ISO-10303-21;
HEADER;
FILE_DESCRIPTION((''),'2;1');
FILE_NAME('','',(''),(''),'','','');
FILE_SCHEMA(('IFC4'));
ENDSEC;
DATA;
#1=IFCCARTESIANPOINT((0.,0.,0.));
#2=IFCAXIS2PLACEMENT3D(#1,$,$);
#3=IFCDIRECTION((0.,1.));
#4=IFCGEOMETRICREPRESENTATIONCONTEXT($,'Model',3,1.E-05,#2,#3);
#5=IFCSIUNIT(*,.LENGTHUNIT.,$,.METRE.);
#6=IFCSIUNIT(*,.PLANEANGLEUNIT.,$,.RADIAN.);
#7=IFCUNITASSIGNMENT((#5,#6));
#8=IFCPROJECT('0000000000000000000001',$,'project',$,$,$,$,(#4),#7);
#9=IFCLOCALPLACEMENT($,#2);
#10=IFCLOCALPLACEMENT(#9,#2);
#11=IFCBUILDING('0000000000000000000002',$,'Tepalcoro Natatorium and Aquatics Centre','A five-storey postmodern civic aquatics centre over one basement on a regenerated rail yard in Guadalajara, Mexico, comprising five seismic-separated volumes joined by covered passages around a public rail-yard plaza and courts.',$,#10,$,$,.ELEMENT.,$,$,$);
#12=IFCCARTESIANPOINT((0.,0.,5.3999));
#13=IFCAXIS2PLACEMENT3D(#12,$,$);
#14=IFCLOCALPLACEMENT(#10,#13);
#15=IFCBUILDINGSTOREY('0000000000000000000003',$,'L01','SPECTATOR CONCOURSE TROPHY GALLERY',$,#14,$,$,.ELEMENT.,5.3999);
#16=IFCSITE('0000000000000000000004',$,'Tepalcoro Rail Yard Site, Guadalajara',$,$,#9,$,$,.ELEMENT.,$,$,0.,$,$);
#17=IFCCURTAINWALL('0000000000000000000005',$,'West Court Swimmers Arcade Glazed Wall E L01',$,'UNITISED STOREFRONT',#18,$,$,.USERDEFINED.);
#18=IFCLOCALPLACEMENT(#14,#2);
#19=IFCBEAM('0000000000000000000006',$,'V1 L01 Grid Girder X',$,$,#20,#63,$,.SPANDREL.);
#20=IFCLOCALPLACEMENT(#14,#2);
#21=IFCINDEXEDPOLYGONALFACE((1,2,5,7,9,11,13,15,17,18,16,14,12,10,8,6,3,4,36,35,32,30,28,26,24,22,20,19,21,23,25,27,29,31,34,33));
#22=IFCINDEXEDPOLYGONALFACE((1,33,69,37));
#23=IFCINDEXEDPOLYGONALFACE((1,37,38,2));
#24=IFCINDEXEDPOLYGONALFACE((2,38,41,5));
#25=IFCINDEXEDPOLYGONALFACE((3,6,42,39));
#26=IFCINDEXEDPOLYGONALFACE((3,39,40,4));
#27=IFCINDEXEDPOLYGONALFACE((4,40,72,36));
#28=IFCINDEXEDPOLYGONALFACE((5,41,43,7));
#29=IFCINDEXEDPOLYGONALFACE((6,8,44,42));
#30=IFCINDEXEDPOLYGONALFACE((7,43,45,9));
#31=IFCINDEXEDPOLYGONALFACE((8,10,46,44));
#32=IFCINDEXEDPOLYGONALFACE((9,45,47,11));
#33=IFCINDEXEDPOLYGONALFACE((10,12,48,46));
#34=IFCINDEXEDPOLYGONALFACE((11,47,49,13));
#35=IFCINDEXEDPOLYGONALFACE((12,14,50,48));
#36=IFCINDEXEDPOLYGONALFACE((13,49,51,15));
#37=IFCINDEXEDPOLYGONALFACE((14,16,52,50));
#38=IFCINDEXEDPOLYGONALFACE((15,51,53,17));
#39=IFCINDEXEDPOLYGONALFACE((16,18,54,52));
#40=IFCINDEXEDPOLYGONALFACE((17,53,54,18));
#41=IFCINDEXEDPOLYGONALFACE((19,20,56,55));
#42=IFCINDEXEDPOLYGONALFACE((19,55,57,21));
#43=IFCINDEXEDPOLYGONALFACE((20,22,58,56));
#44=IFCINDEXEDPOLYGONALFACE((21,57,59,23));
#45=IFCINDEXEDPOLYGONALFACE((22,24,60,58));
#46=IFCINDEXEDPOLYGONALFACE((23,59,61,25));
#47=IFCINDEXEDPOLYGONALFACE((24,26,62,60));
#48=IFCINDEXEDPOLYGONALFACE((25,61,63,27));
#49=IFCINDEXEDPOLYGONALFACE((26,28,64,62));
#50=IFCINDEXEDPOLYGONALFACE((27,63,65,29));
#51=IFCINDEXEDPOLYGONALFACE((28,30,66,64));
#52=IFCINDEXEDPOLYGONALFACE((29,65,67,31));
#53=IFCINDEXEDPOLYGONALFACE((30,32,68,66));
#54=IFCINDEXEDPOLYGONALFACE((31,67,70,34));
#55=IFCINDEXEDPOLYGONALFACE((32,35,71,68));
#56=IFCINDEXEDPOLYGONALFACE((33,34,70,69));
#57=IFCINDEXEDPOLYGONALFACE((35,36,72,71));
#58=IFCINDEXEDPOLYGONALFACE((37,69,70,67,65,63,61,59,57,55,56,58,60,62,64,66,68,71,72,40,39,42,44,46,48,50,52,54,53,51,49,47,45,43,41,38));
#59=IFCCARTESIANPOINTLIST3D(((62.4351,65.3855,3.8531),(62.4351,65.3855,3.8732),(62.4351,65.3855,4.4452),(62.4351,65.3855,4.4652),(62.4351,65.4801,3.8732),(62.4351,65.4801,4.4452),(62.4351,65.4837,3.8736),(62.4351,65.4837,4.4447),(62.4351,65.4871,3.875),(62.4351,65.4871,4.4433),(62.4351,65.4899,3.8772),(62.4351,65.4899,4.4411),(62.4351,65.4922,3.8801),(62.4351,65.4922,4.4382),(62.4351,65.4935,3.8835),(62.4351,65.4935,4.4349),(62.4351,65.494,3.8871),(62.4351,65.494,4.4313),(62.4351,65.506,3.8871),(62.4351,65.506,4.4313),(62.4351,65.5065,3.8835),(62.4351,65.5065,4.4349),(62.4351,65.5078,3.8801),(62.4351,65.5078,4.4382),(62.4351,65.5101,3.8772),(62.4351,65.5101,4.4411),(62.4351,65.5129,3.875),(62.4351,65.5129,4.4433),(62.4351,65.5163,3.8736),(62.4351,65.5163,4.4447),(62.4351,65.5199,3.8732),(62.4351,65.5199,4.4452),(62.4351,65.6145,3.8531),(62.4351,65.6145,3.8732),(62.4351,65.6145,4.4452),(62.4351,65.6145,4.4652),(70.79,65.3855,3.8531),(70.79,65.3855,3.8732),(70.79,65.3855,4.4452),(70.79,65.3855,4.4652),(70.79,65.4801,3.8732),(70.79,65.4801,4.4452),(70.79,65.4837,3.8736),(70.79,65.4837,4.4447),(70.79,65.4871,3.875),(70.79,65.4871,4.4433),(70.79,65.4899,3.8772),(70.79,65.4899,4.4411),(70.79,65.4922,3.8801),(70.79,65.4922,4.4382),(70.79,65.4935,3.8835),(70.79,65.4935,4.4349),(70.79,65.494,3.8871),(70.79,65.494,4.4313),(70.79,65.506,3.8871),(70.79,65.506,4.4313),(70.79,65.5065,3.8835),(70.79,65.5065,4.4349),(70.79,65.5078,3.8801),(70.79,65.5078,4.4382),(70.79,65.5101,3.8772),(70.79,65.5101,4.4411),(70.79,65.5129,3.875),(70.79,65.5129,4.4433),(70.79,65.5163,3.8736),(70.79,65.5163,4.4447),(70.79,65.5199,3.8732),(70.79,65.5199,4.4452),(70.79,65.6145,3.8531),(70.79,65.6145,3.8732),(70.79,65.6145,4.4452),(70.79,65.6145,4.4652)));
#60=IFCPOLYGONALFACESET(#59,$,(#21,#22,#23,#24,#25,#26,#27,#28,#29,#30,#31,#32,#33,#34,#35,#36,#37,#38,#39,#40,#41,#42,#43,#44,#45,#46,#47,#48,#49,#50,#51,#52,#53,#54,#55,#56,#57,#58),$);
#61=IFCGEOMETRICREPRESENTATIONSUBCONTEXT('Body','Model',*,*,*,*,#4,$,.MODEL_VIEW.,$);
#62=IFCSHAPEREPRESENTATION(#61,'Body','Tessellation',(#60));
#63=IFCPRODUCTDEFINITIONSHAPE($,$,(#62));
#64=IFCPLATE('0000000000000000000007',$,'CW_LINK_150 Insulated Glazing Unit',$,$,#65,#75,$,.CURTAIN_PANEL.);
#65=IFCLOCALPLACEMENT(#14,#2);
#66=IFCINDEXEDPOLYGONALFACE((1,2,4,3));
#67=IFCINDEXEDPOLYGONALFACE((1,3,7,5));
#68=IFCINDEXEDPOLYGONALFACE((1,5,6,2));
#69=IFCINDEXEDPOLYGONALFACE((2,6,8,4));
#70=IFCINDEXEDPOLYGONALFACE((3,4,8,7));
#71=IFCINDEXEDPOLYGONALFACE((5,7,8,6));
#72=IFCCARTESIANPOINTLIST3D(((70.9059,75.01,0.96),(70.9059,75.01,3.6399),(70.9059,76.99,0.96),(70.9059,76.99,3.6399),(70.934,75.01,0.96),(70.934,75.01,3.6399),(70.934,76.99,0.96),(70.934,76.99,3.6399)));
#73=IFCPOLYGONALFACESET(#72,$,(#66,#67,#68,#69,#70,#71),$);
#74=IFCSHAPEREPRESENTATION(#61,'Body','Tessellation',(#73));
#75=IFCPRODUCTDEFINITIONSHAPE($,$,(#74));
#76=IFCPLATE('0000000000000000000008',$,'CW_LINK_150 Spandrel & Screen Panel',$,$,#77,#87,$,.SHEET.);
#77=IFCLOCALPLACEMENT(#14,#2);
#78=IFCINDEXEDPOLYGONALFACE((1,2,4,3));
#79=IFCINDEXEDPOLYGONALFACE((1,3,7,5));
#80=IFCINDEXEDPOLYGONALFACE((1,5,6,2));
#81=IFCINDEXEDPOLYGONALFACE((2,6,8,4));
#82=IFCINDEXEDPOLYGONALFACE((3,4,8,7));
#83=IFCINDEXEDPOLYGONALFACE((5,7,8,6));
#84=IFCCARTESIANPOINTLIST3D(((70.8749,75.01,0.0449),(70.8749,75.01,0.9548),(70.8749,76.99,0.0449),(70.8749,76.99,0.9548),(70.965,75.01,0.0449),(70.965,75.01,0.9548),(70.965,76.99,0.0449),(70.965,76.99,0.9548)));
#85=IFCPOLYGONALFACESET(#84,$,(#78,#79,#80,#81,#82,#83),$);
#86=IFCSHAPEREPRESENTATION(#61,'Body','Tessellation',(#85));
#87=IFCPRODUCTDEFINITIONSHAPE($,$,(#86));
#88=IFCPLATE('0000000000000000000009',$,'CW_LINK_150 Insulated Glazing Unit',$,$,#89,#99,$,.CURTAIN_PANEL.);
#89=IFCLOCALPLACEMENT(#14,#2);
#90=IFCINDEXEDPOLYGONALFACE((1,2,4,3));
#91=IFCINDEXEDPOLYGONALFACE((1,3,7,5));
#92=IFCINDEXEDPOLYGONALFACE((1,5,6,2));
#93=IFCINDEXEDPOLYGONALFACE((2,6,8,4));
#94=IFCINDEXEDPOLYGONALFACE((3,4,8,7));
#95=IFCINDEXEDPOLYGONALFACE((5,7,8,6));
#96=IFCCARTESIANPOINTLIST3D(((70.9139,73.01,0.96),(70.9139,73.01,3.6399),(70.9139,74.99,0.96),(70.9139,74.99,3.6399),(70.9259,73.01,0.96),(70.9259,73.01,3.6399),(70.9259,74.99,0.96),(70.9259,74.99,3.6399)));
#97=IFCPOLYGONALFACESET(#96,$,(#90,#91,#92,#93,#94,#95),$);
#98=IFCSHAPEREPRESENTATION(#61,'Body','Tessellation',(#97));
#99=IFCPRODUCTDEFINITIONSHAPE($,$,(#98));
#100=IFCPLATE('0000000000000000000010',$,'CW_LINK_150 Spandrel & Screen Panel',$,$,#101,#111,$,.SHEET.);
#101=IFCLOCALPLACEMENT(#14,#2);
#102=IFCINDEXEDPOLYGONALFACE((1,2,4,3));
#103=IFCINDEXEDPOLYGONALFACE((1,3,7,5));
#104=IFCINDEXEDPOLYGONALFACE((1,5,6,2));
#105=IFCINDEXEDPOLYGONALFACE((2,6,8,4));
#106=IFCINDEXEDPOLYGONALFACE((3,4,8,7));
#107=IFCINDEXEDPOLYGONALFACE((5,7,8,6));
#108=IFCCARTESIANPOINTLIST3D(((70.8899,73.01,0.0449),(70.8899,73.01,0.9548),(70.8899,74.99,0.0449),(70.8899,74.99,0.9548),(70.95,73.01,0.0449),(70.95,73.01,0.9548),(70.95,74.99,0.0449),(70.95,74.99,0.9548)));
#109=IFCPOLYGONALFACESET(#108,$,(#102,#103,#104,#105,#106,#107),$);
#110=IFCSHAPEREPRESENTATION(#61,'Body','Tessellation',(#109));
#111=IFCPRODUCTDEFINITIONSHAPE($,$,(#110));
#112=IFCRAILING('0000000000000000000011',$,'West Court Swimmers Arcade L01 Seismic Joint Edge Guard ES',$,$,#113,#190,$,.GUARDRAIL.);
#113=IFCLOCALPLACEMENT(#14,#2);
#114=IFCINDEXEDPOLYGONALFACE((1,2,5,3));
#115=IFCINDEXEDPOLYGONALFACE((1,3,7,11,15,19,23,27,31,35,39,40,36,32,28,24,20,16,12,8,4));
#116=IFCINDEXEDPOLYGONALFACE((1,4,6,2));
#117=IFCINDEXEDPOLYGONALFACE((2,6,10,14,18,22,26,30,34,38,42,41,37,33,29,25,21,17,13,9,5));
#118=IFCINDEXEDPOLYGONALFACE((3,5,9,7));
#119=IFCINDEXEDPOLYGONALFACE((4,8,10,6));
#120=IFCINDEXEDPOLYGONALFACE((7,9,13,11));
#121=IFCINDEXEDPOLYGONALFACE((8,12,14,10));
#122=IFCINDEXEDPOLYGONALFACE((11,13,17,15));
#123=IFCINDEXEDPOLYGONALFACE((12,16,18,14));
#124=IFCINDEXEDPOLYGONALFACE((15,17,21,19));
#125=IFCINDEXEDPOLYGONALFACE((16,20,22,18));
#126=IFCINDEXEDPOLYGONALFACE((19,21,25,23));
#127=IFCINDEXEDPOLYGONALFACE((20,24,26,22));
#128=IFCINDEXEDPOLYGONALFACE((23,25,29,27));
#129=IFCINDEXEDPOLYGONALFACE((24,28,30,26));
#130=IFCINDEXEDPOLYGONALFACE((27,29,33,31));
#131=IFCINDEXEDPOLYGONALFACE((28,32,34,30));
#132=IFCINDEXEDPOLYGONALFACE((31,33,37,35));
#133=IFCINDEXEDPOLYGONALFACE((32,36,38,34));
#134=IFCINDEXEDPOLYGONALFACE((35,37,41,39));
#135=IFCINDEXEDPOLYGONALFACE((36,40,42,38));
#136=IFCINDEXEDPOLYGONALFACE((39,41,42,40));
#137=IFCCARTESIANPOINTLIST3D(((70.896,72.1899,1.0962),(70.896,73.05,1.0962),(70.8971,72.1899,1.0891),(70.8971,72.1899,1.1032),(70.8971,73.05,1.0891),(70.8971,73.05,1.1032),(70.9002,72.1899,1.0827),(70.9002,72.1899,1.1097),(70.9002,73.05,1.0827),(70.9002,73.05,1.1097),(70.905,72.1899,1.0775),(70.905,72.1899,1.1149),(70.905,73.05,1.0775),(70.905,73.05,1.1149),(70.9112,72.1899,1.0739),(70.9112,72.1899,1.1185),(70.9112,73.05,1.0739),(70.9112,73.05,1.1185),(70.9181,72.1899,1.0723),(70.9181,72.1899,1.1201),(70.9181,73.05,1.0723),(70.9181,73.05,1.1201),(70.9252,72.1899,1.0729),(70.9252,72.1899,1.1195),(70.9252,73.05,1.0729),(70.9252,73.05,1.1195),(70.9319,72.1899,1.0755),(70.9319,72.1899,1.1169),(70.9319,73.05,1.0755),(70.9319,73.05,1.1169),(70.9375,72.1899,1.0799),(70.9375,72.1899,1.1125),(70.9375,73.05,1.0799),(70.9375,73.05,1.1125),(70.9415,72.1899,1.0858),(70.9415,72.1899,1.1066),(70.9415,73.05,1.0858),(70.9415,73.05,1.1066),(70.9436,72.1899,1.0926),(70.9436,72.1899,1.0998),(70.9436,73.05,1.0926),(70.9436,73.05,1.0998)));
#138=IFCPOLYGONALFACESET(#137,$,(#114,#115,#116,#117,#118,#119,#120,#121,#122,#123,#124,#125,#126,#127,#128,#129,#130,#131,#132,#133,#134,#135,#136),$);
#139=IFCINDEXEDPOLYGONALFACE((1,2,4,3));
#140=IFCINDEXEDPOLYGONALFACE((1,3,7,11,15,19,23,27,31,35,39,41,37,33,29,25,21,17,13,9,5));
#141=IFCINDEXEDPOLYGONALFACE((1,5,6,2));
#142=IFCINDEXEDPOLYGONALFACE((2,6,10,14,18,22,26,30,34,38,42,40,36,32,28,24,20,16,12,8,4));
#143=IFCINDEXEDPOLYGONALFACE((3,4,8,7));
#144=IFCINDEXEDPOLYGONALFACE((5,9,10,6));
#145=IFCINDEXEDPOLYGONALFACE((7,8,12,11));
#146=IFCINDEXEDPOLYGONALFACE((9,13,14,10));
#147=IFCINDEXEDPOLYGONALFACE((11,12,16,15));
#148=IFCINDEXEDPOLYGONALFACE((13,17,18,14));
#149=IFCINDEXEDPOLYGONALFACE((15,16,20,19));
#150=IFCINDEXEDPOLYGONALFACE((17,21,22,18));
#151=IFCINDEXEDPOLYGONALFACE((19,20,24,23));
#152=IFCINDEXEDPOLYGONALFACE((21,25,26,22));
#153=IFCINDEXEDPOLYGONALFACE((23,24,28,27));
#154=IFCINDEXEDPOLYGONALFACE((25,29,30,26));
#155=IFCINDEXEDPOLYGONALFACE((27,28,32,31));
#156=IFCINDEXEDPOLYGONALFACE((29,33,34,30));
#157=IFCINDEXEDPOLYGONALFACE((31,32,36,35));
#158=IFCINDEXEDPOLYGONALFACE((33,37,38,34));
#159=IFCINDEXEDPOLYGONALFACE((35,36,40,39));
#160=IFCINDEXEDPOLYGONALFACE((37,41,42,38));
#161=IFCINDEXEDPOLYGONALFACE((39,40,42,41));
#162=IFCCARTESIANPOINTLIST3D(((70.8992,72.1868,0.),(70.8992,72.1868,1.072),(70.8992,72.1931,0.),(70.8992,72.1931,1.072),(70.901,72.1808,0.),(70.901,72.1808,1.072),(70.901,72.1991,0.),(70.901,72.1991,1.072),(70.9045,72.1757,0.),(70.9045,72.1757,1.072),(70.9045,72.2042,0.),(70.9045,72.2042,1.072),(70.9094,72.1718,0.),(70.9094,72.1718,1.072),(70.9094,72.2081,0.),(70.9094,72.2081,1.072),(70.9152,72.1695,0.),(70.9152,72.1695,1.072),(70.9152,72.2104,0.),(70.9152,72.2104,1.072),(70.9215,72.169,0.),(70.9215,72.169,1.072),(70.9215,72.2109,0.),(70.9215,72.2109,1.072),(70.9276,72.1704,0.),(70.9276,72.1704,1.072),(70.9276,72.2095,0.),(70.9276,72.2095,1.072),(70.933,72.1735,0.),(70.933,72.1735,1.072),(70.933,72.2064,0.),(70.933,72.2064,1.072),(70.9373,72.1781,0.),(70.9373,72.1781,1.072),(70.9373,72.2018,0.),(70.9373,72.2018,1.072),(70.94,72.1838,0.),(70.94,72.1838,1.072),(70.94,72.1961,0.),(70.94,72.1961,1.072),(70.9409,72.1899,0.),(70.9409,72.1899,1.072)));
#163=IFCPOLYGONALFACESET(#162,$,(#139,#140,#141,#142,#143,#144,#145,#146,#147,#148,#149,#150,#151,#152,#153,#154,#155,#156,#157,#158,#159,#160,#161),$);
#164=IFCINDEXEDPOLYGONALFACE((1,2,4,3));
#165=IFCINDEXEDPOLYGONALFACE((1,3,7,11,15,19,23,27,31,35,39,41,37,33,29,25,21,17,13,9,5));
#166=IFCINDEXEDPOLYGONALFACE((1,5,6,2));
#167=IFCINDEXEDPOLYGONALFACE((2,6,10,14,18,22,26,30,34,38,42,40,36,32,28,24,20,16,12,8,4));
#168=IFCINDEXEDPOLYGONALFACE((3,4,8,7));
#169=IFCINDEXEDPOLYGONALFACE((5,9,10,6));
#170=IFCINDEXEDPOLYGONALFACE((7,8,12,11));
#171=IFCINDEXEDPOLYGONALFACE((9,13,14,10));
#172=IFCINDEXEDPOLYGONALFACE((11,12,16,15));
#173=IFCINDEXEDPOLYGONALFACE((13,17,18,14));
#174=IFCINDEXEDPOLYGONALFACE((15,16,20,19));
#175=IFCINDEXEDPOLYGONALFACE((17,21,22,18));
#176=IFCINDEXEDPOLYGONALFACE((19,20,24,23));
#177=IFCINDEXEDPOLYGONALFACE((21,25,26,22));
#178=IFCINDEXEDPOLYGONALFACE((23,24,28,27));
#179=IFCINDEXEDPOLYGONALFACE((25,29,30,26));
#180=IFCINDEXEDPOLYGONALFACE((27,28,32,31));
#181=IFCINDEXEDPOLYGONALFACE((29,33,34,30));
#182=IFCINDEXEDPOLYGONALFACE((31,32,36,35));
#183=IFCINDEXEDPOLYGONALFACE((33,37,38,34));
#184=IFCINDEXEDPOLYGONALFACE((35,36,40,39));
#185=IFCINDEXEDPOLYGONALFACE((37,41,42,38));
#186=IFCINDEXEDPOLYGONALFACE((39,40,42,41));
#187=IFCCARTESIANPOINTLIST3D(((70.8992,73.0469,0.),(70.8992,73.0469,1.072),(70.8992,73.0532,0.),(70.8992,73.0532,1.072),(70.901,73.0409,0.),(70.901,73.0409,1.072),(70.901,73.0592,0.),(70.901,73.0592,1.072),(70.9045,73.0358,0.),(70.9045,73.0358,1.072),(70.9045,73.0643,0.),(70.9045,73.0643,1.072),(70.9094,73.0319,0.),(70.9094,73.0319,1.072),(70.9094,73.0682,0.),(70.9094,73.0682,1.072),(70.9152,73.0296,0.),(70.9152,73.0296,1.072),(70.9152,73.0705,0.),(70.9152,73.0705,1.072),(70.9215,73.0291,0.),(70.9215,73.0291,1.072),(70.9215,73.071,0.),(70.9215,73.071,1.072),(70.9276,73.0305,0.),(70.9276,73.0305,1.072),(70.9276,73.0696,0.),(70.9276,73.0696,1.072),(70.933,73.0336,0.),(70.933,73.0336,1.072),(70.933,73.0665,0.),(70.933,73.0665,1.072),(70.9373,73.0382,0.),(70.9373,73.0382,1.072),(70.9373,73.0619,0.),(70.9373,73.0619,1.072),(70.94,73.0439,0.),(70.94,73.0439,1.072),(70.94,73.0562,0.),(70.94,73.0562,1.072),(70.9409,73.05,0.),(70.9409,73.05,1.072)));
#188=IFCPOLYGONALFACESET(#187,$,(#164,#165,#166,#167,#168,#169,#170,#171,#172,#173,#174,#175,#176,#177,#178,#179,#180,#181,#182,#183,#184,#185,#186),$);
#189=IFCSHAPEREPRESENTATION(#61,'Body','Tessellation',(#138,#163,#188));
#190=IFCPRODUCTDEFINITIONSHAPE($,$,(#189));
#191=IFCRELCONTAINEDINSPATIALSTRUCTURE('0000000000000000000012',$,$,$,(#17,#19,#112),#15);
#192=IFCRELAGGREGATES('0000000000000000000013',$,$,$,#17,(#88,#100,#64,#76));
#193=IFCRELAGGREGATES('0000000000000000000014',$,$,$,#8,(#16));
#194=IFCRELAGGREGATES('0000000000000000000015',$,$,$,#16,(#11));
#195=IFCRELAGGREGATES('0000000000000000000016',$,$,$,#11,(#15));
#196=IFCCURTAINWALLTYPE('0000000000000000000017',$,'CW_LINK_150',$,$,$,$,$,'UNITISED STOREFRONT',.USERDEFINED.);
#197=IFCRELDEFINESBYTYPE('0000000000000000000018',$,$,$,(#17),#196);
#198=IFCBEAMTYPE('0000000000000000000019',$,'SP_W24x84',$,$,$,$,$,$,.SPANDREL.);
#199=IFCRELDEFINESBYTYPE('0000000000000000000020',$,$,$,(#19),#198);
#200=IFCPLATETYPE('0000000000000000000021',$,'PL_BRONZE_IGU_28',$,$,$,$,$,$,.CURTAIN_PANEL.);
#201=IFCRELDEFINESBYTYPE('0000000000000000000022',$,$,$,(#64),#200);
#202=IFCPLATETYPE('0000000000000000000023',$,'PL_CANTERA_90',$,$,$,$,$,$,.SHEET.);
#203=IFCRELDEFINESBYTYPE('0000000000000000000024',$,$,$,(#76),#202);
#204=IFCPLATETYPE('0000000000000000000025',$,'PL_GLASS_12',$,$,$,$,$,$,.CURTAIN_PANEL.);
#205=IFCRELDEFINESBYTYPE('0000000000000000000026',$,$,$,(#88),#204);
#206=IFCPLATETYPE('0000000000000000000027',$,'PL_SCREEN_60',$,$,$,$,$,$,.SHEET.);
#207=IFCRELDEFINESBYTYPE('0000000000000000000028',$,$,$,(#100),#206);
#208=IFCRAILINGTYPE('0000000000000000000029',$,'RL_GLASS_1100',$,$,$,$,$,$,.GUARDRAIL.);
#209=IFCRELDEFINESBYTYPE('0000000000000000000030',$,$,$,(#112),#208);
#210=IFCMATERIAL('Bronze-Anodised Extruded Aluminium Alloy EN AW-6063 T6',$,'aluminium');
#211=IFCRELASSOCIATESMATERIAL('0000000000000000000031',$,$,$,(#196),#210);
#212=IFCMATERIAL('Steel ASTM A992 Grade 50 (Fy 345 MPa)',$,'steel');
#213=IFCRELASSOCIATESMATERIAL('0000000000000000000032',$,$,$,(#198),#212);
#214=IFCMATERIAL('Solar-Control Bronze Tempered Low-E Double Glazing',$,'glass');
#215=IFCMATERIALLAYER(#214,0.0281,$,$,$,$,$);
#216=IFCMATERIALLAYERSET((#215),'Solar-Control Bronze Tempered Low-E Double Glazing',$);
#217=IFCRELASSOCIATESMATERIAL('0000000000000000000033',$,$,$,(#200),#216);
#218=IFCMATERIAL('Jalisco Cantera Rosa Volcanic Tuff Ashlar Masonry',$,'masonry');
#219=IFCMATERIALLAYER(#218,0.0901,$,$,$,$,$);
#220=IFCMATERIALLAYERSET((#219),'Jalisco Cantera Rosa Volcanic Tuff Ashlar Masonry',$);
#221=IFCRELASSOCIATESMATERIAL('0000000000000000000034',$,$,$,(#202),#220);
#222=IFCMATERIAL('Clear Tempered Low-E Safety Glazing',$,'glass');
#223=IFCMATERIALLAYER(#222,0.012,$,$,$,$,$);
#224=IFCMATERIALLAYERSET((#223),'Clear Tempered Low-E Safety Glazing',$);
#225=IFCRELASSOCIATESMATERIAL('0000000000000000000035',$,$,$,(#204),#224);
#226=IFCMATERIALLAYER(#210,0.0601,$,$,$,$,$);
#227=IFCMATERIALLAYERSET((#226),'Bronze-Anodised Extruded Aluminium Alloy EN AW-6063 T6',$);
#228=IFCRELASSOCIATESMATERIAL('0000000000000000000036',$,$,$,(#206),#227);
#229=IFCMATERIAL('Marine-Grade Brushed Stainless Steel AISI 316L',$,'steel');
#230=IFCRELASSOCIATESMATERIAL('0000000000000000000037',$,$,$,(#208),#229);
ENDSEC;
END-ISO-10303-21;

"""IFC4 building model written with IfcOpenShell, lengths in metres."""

from ifc_helpers import new_model, si_unit, direction, frame, origin, origin_2d, place, context, subcontext, project, spatial, rectangle, circle, i_section, extrude, material, layer, layer_set, material_profile, profile_set, type_object, element, aggregate, save


model = new_model("IFC4")

# Units and contexts
model_context = context("Model", 3, precision=1e-05, world=origin(), true_north=direction((0.0, 1.0)))
body_context = subcontext(model_context, "Body", "Model", "MODEL_VIEW")
ifc_project = project(units=[si_unit("LENGTHUNIT", "METRE"), si_unit("PLANEANGLEUNIT", "RADIAN")], contexts=[model_context])

# Site, building, storey
site_placement = place(None, origin())
site = spatial("IfcSite", under=ifc_project, at=site_placement, Name="Tepalcoro Rail Yard Site, Guadalajara", CompositionType="ELEMENT", RefElevation=0.0)
building_placement = place(site_placement, origin())
building = spatial("IfcBuilding", under=site, at=building_placement, Name="Tepalcoro Natatorium and Aquatics Centre", Description="A five-storey postmodern civic aquatics centre over one basement on a regenerated rail yard in Guadalajara, Mexico, comprising five seismic-separated volumes joined by covered passages around a public rail-yard plaza and courts.", CompositionType="ELEMENT")
storey_placement = place(building_placement, frame((0.0, 0.0, 5.3999)))
storey = spatial("IfcBuildingStorey", under=building, at=storey_placement, Name="L01", Description="SPECTATOR CONCOURSE TROPHY GALLERY", CompositionType="ELEMENT", Elevation=5.3999)

# Shared definitions
ifc_material_1 = material(Name="Steel ASTM A992 Grade 50 (Fy 345 MPa)", Category="steel")

# Curtain wall
ifc_material_2 = material(Name="Bronze-Anodised Extruded Aluminium Alloy EN AW-6063 T6", Category="aluminium")
curtain_wall_type_1 = type_object("IfcCurtainWallType", Name="CW_LINK_150", ElementType="UNITISED STOREFRONT", PredefinedType="USERDEFINED", material=ifc_material_2)
curtain_wall_1_placement = place(storey_placement, origin())
curtain_wall_1 = element("IfcCurtainWall", 1, at=curtain_wall_1_placement, inside=storey, type_object=curtain_wall_type_1, Name="West Court Swimmers Arcade Glazed Wall E L01", ObjectType="UNITISED STOREFRONT", PredefinedType="USERDEFINED")

# Beam
ifc_material_profile_1 = material_profile(ifc_material_1, i_section(OverallWidth=0.229, OverallDepth=0.6121, WebThickness=0.012, FlangeThickness=0.02, FilletRadius=0.0139, at=origin_2d()), Name="W24X84")
ifc_profile_set_1 = profile_set([ifc_material_profile_1], Name="Steel ASTM A992 Grade 50 (Fy 345 MPa)")
beam_type_1 = type_object("IfcBeamType", Name="SP_W24x84", PredefinedType="SPANDREL", material=ifc_profile_set_1)
beam_1_placement = place(storey_placement, frame((62.4351, 65.5, 4.1592), z_axis=(1.0, 0.0, 0.0), x_axis=(0.0, 1.0, 0.0)))
element("IfcBeam", 2, at=beam_1_placement, inside=storey, type_object=beam_type_1, Name="V1 L01 Grid Girder X", PredefinedType="SPANDREL", context=body_context, shape_type="SweptSolid", body=[
    extrude(i_section(OverallWidth=0.229, OverallDepth=0.6121, WebThickness=0.012, FlangeThickness=0.02, FilletRadius=0.0139, at=origin_2d()), origin(), (0.0, 0.0, 1.0), 8.355),
])

# Plates
ifc_material_3 = material(Name="Solar-Control Bronze Tempered Low-E Double Glazing", Category="glass")
ifc_layer_1 = layer(ifc_material_3, 0.0281)
ifc_layer_set_1 = layer_set([ifc_layer_1], Name="Solar-Control Bronze Tempered Low-E Double Glazing")
plate_type_1 = type_object("IfcPlateType", Name="PL_BRONZE_IGU_28", PredefinedType="CURTAIN_PANEL", material=ifc_layer_set_1)
plate_1_placement = place(storey_placement, frame((70.9199, 76.0, 0.96), z_axis=(0.0, 0.0, 1.0), x_axis=(1.0, 0.0, 0.0)))
plate_1 = element("IfcPlate", 3, at=plate_1_placement, type_object=plate_type_1, Name="CW_LINK_150 Insulated Glazing Unit", PredefinedType="CURTAIN_PANEL", context=body_context, shape_type="SweptSolid", body=[
    extrude(rectangle(XDim=0.0281, YDim=1.98, at=origin_2d()), origin(), (0.0, 0.0, 1.0), 2.6799),
])
ifc_material_4 = material(Name="Jalisco Cantera Rosa Volcanic Tuff Ashlar Masonry", Category="masonry")
ifc_layer_2 = layer(ifc_material_4, 0.0901)
ifc_layer_set_2 = layer_set([ifc_layer_2], Name="Jalisco Cantera Rosa Volcanic Tuff Ashlar Masonry")
plate_type_2 = type_object("IfcPlateType", Name="PL_CANTERA_90", PredefinedType="SHEET", material=ifc_layer_set_2)
plate_2_placement = place(storey_placement, frame((70.9199, 76.0, 0.0449), z_axis=(0.0, 0.0, 1.0), x_axis=(1.0, 0.0, 0.0)))
plate_2 = element("IfcPlate", 4, at=plate_2_placement, type_object=plate_type_2, Name="CW_LINK_150 Spandrel & Screen Panel", PredefinedType="SHEET", context=body_context, shape_type="SweptSolid", body=[
    extrude(rectangle(XDim=0.0901, YDim=1.98, at=origin_2d()), origin(), (0.0, 0.0, 1.0), 0.9099),
])
ifc_material_5 = material(Name="Clear Tempered Low-E Safety Glazing", Category="glass")
ifc_layer_3 = layer(ifc_material_5, 0.012)
ifc_layer_set_3 = layer_set([ifc_layer_3], Name="Clear Tempered Low-E Safety Glazing")
plate_type_3 = type_object("IfcPlateType", Name="PL_GLASS_12", PredefinedType="CURTAIN_PANEL", material=ifc_layer_set_3)
plate_3_placement = place(storey_placement, frame((70.9199, 74.0, 0.96), z_axis=(0.0, 0.0, 1.0), x_axis=(1.0, 0.0, 0.0)))
plate_3 = element("IfcPlate", 5, at=plate_3_placement, type_object=plate_type_3, Name="CW_LINK_150 Insulated Glazing Unit", PredefinedType="CURTAIN_PANEL", context=body_context, shape_type="SweptSolid", body=[
    extrude(rectangle(XDim=0.012, YDim=1.98, at=origin_2d()), origin(), (0.0, 0.0, 1.0), 2.6799),
])
ifc_layer_4 = layer(ifc_material_2, 0.0601)
ifc_layer_set_4 = layer_set([ifc_layer_4], Name="Bronze-Anodised Extruded Aluminium Alloy EN AW-6063 T6")
plate_type_4 = type_object("IfcPlateType", Name="PL_SCREEN_60", PredefinedType="SHEET", material=ifc_layer_set_4)
plate_4_placement = place(storey_placement, frame((70.9199, 74.0, 0.0449), z_axis=(0.0, 0.0, 1.0), x_axis=(1.0, 0.0, 0.0)))
plate_4 = element("IfcPlate", 6, at=plate_4_placement, type_object=plate_type_4, Name="CW_LINK_150 Spandrel & Screen Panel", PredefinedType="SHEET", context=body_context, shape_type="SweptSolid", body=[
    extrude(rectangle(XDim=0.0601, YDim=1.98, at=origin_2d()), origin(), (0.0, 0.0, 1.0), 0.9099),
])
aggregate(curtain_wall_1, [plate_3, plate_4, plate_1, plate_2])

# Railing
ifc_material_6 = material(Name="Marine-Grade Brushed Stainless Steel AISI 316L", Category="steel")
railing_type = type_object("IfcRailingType", Name="RL_GLASS_1100", PredefinedType="GUARDRAIL", material=ifc_material_6)
railing_placement = place(storey_placement, frame((70.9199, 72.1899, 0.0)))
element("IfcRailing", 7, at=railing_placement, inside=storey, type_object=railing_type, Name="West Court Swimmers Arcade L01 Seismic Joint Edge Guard ES", PredefinedType="GUARDRAIL", context=body_context, shape_type="SweptSolid", body=[
    extrude(circle(Radius=0.0239, at=origin_2d()), frame((0.0, 0.0, 1.0962), z_axis=(0.0, 1.0, 0.0), x_axis=(-1.0, 0.0, 0.0)), (0.0, 0.0, 1.0), 0.8601),
    extrude(circle(Radius=0.021, at=origin_2d()), origin(), (0.0, 0.0, 1.0), 1.072),
    extrude(circle(Radius=0.021, at=origin_2d()), frame((0.0, 0.8601, 0.0)), (0.0, 0.0, 1.0), 1.072),
])

save(model, "model.ifc")
